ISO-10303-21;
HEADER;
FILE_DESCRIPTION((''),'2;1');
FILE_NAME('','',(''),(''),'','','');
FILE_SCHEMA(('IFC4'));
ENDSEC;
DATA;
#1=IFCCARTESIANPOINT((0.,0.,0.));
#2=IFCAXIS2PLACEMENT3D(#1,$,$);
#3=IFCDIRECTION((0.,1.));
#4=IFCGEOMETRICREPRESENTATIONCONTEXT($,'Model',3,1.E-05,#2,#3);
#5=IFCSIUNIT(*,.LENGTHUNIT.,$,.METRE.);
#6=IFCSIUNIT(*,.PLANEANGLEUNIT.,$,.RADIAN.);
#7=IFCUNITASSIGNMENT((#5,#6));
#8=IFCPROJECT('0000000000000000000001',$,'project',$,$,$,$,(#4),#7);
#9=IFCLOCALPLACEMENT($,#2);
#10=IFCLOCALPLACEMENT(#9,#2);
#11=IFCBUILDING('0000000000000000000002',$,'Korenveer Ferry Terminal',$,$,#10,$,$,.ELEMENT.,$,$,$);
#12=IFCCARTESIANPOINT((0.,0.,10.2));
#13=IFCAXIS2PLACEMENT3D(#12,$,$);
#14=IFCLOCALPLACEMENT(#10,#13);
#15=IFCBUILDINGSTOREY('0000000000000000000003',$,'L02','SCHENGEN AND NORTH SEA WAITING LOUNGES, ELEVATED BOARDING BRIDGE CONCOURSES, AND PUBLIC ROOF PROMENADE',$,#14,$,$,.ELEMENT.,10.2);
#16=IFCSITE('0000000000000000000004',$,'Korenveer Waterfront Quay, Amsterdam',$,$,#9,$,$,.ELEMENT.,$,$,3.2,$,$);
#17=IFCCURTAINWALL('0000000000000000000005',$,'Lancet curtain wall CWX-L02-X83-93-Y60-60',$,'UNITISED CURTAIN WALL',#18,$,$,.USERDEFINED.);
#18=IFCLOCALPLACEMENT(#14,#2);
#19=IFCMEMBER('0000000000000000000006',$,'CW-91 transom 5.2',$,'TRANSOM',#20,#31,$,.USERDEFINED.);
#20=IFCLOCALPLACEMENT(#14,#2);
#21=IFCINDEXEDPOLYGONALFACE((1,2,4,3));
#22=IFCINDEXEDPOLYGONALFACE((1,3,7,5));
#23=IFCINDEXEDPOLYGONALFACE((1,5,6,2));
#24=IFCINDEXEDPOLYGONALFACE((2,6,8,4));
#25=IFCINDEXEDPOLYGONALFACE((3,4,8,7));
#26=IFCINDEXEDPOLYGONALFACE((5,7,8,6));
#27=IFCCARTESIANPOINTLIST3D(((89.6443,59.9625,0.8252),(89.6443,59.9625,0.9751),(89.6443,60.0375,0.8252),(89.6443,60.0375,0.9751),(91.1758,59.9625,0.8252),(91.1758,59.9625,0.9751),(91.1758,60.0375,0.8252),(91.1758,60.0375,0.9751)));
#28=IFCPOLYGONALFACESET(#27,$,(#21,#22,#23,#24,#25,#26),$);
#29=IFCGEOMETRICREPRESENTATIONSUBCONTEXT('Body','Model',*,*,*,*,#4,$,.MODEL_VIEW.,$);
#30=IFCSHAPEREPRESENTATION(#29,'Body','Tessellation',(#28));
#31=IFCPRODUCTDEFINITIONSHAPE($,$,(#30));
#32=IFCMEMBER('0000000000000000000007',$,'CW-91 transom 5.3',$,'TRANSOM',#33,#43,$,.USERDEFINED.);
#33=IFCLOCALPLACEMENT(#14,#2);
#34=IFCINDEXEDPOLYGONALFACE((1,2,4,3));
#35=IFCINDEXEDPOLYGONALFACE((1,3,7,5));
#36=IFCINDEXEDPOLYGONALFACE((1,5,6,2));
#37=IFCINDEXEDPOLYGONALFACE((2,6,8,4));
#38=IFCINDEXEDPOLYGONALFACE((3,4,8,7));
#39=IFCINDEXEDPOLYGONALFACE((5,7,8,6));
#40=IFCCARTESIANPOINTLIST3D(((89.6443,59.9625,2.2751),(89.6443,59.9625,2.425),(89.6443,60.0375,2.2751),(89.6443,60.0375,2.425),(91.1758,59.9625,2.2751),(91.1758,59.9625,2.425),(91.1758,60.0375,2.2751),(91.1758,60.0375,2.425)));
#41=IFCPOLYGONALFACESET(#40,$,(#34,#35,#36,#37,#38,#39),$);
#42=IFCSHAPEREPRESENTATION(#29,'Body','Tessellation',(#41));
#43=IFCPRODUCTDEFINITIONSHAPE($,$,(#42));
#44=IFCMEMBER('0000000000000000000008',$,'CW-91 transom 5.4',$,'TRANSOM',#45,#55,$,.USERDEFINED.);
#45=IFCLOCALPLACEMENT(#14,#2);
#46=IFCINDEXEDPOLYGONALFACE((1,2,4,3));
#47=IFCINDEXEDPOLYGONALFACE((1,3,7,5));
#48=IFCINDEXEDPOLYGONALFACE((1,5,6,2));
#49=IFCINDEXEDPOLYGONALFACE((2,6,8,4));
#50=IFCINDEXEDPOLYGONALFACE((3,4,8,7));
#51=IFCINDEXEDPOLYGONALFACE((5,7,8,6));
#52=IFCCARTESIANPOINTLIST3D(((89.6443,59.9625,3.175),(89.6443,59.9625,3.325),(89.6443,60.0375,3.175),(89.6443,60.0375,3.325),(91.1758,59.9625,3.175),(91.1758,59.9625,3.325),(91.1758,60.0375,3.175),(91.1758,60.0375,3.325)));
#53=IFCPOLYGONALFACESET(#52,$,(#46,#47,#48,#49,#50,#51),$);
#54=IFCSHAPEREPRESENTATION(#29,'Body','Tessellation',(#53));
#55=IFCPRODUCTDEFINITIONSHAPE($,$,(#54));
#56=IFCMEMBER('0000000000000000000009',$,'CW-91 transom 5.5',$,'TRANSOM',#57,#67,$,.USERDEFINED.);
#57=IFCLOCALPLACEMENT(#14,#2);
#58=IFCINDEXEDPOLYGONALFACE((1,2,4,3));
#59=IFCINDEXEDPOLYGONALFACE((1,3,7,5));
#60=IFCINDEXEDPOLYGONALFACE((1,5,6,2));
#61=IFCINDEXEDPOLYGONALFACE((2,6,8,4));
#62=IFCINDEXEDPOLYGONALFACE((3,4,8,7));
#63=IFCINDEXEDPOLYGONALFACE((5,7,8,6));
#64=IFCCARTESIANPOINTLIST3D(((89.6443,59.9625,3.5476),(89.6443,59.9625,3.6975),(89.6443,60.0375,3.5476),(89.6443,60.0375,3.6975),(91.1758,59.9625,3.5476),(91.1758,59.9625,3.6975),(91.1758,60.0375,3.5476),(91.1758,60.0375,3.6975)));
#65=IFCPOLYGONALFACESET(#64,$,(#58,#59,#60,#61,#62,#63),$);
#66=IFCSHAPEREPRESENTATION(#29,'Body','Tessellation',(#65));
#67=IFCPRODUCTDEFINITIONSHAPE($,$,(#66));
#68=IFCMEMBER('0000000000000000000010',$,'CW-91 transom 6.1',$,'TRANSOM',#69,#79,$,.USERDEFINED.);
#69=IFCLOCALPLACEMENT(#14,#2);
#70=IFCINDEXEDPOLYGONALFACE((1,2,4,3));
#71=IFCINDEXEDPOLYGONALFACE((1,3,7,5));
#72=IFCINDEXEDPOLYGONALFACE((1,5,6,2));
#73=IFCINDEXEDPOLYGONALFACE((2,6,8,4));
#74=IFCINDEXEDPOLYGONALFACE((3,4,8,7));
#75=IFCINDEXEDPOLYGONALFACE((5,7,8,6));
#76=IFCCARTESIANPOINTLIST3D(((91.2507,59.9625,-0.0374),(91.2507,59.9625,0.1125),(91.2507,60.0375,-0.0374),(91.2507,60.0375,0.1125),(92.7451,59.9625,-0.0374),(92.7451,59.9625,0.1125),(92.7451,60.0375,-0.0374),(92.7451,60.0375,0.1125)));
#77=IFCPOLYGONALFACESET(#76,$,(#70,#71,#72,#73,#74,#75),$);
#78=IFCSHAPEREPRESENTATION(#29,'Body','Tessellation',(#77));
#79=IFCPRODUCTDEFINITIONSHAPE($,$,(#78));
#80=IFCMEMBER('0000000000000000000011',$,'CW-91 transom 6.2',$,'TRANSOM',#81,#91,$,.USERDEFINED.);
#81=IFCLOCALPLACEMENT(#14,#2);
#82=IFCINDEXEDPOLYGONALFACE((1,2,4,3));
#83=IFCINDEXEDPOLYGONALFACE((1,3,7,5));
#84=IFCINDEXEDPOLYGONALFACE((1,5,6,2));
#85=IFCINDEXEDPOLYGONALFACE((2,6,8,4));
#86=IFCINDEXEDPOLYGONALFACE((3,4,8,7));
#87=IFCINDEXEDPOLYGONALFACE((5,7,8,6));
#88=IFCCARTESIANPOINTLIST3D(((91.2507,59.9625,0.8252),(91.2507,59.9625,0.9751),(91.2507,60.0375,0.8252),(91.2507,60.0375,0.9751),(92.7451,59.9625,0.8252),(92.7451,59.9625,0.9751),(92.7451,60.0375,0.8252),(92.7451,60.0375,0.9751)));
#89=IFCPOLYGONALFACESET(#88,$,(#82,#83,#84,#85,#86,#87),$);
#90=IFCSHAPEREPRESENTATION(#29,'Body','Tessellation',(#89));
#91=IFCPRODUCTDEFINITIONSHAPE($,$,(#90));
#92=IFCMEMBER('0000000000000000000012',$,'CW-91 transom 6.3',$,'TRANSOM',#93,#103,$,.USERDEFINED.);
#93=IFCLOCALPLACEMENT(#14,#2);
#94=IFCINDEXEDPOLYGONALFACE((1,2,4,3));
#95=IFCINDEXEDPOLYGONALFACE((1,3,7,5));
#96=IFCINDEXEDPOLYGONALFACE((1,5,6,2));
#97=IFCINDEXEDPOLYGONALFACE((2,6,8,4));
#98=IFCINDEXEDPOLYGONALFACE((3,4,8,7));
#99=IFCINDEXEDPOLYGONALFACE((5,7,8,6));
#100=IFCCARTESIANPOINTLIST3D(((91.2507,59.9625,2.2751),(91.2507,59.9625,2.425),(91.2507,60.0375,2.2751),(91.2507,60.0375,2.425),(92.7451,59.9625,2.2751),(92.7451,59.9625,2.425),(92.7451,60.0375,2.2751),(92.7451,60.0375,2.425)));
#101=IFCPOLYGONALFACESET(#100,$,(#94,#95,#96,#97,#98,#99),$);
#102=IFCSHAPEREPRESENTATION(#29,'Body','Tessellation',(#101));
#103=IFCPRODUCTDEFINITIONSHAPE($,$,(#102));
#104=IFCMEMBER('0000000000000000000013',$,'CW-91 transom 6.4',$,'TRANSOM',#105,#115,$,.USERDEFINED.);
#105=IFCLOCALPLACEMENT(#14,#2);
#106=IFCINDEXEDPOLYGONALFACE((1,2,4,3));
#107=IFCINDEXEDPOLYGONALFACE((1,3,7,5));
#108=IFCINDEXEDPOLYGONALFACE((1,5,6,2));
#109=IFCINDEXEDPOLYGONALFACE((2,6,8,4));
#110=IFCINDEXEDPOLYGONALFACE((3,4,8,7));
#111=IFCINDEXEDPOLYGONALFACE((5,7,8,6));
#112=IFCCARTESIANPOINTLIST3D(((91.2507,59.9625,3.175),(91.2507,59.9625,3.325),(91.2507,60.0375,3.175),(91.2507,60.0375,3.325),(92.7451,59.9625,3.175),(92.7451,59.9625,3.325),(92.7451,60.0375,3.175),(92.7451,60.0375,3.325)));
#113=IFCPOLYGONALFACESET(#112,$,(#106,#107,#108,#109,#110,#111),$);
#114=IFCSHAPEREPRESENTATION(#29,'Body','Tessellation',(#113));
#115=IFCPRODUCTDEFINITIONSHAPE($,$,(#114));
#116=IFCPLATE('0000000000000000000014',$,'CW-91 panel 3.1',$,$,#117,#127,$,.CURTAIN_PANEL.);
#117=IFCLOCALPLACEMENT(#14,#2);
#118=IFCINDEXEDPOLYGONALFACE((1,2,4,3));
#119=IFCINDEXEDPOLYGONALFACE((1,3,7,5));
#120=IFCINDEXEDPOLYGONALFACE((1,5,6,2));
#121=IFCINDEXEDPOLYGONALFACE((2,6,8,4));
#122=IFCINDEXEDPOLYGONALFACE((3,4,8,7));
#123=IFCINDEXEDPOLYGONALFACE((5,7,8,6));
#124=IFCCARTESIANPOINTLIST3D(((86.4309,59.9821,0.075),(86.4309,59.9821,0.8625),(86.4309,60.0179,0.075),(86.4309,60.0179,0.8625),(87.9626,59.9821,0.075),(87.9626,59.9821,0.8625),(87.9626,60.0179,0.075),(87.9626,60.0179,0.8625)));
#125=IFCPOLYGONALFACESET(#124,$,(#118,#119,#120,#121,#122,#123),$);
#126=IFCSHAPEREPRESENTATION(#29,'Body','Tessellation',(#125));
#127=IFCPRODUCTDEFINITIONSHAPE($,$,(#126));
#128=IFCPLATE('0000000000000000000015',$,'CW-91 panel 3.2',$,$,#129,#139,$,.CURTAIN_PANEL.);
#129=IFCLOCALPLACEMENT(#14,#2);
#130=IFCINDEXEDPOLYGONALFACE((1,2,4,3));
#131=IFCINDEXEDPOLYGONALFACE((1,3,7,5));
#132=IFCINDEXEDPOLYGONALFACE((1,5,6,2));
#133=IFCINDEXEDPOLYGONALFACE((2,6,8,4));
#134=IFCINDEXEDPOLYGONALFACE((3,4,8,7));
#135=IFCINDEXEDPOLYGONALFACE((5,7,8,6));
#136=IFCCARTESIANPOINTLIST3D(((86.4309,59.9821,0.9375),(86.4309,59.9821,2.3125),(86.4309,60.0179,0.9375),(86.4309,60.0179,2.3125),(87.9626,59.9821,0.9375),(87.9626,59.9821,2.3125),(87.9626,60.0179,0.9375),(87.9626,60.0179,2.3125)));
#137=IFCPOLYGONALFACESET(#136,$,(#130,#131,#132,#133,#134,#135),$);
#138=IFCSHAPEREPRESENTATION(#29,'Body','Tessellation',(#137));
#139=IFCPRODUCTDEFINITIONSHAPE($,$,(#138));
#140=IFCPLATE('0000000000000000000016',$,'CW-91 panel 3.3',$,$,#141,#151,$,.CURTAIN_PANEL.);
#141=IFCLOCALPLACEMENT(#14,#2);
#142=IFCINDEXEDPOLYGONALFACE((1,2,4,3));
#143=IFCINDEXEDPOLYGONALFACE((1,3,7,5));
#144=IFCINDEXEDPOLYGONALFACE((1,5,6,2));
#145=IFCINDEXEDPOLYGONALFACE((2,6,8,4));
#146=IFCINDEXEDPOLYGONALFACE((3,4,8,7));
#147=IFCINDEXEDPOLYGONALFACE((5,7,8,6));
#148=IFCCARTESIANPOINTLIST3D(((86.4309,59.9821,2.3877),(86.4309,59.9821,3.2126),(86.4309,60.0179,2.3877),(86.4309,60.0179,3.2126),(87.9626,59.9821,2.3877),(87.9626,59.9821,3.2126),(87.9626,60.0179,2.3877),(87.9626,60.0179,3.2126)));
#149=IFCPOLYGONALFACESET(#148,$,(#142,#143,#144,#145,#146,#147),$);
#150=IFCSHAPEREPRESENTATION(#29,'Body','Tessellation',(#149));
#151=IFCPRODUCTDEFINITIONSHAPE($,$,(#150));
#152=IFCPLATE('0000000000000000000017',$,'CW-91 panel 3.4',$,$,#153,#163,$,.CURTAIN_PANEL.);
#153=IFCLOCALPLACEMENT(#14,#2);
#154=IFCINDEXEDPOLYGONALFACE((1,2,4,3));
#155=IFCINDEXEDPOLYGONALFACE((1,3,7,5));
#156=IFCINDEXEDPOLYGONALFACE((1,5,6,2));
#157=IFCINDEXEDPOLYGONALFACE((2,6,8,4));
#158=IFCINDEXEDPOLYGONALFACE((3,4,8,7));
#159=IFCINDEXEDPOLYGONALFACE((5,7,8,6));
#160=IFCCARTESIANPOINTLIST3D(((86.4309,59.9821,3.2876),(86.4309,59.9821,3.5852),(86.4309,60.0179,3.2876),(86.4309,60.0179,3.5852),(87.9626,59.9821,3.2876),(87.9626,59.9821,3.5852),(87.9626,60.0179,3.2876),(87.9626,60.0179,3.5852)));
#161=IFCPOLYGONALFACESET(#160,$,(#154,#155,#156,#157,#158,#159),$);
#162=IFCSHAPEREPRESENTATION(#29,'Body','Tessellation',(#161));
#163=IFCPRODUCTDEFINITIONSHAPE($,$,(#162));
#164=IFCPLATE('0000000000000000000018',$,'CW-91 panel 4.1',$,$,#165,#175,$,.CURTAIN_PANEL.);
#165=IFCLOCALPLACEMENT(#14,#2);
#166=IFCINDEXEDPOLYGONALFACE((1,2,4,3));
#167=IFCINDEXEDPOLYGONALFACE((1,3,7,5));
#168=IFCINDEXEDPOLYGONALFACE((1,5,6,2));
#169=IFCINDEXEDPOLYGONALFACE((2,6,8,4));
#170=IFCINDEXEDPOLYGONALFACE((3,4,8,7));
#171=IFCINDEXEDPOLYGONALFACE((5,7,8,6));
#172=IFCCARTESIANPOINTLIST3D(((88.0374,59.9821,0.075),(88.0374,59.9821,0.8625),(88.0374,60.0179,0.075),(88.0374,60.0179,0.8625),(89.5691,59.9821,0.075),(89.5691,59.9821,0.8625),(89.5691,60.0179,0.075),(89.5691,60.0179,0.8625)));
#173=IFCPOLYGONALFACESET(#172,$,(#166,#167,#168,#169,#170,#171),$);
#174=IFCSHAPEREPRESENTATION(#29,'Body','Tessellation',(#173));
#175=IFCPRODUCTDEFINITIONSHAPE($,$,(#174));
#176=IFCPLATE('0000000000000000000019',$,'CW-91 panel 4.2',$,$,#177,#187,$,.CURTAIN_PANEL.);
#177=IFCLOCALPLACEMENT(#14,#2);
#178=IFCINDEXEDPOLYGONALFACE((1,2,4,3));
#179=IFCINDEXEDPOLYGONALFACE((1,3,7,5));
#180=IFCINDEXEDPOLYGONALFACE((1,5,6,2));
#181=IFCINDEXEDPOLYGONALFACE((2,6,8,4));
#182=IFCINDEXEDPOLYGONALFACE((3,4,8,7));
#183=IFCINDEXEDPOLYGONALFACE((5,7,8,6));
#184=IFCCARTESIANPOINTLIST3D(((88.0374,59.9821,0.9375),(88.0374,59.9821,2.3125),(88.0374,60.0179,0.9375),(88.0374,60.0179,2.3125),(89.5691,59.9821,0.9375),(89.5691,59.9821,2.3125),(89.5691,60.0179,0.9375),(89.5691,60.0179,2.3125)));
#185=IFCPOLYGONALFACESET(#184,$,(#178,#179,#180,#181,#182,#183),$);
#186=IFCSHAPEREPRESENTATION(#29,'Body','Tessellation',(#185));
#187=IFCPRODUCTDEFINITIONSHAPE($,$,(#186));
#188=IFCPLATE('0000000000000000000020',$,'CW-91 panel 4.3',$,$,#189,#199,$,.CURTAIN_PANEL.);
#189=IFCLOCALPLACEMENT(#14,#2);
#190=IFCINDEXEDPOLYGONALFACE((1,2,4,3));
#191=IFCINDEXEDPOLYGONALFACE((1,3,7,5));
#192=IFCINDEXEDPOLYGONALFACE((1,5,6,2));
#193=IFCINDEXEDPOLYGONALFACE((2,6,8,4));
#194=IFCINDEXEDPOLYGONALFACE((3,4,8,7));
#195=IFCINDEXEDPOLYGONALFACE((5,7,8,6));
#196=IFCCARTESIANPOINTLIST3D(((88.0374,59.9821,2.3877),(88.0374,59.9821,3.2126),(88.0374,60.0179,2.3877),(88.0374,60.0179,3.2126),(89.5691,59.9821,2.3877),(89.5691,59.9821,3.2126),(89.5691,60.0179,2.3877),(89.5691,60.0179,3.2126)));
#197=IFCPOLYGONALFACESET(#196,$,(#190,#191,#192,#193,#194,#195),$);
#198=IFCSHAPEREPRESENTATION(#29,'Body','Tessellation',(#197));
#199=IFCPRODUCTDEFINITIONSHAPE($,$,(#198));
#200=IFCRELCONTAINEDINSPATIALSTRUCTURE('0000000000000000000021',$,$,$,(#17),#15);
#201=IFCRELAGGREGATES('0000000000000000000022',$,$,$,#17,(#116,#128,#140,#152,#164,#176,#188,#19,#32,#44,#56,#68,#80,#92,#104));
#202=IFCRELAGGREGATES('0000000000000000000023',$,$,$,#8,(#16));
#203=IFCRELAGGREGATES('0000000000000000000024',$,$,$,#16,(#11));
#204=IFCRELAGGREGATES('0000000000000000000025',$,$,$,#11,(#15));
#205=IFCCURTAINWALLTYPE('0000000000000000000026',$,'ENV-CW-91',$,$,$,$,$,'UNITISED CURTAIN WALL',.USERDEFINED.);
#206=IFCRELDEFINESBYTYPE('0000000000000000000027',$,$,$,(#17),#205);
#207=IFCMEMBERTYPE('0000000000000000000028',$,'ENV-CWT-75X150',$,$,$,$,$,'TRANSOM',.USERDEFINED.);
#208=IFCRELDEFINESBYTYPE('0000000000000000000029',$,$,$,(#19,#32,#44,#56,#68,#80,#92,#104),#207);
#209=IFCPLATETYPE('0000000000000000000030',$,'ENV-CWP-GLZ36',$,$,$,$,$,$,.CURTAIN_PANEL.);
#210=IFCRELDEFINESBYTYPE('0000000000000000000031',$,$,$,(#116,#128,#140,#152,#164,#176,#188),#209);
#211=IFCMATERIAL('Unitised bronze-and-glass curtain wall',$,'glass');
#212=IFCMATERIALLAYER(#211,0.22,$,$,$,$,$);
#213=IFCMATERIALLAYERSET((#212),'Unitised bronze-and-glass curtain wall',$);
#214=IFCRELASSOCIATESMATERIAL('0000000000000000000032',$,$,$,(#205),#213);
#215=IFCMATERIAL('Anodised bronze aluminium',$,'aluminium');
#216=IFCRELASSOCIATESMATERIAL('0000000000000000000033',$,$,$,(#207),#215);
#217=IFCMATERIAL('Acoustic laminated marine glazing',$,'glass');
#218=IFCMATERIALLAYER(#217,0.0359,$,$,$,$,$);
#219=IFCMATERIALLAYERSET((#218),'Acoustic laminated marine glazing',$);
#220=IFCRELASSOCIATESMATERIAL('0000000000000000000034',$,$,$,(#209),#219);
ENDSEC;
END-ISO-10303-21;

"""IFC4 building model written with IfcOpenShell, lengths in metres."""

from ifc_helpers import new_model, si_unit, direction, frame, origin, origin_2d, place, context, subcontext, project, spatial, rectangle, extrude, material, layer, layer_set, material_profile, profile_set, type_object, element, aggregate, save


model = new_model("IFC4")

# Units and contexts
model_context = context("Model", 3, precision=1e-05, world=origin(), true_north=direction((0.0, 1.0)))
body_context = subcontext(model_context, "Body", "Model", "MODEL_VIEW")
ifc_project = project(units=[si_unit("LENGTHUNIT", "METRE"), si_unit("PLANEANGLEUNIT", "RADIAN")], contexts=[model_context])

# Site, building, storey
site_placement = place(None, origin())
site = spatial("IfcSite", under=ifc_project, at=site_placement, Name="Korenveer Waterfront Quay, Amsterdam", CompositionType="ELEMENT", RefElevation=3.2)
building_placement = place(site_placement, origin())
building = spatial("IfcBuilding", under=site, at=building_placement, Name="Korenveer Ferry Terminal", CompositionType="ELEMENT")
storey_placement = place(building_placement, frame((0.0, 0.0, 10.2)))
storey = spatial("IfcBuildingStorey", under=building, at=storey_placement, Name="L02", Description="SCHENGEN AND NORTH SEA WAITING LOUNGES, ELEVATED BOARDING BRIDGE CONCOURSES, AND PUBLIC ROOF PROMENADE", CompositionType="ELEMENT", Elevation=10.2)

# Curtain wall, members, plates
ifc_material_1 = material(Name="Unitised bronze-and-glass curtain wall", Category="glass")
ifc_layer_1 = layer(ifc_material_1, 0.22)
ifc_layer_set_1 = layer_set([ifc_layer_1], Name="Unitised bronze-and-glass curtain wall")
curtain_wall_type = type_object("IfcCurtainWallType", Name="ENV-CW-91", ElementType="UNITISED CURTAIN WALL", PredefinedType="USERDEFINED", material=ifc_layer_set_1)
curtain_wall_placement = place(storey_placement, frame((83.1799, 60.0, 0.0)))
curtain_wall = element("IfcCurtainWall", 1, at=curtain_wall_placement, inside=storey, type_object=curtain_wall_type, Name="Lancet curtain wall CWX-L02-X83-93-Y60-60", ObjectType="UNITISED CURTAIN WALL", PredefinedType="USERDEFINED")
ifc_material_2 = material(Name="Anodised bronze aluminium", Category="aluminium")
ifc_material_profile_1 = material_profile(ifc_material_2, rectangle(XDim=0.075, YDim=0.1499, at=origin_2d()), Name="ALU 75x150")
ifc_profile_set_1 = profile_set([ifc_material_profile_1], Name="Anodised bronze aluminium")
member_type_1 = type_object("IfcMemberType", Name="ENV-CWT-75X150", ElementType="TRANSOM", PredefinedType="USERDEFINED", material=ifc_profile_set_1)
member_1_placement = place(storey_placement, frame((89.6443, 60.0, 0.9001), z_axis=(1.0, 0.0, 0.0), x_axis=(0.0, 1.0, 0.0)))
member_1 = element("IfcMember", 2, at=member_1_placement, type_object=member_type_1, Name="CW-91 transom 5.2", ObjectType="TRANSOM", PredefinedType="USERDEFINED", context=body_context, shape_type="SweptSolid", body=[
    extrude(rectangle(XDim=0.075, YDim=0.1499, at=origin_2d()), origin(), (0.0, 0.0, 1.0), 1.5315),
])
member_2_placement = place(storey_placement, frame((89.6443, 60.0, 2.3501), z_axis=(1.0, 0.0, 0.0), x_axis=(0.0, 1.0, 0.0)))
member_2 = element("IfcMember", 3, at=member_2_placement, type_object=member_type_1, Name="CW-91 transom 5.3", ObjectType="TRANSOM", PredefinedType="USERDEFINED", context=body_context, shape_type="SweptSolid", body=[
    extrude(rectangle(XDim=0.075, YDim=0.1499, at=origin_2d()), origin(), (0.0, 0.0, 1.0), 1.5315),
])
member_3_placement = place(storey_placement, frame((89.6443, 60.0, 3.25), z_axis=(1.0, 0.0, 0.0), x_axis=(0.0, 1.0, 0.0)))
member_3 = element("IfcMember", 4, at=member_3_placement, type_object=member_type_1, Name="CW-91 transom 5.4", ObjectType="TRANSOM", PredefinedType="USERDEFINED", context=body_context, shape_type="SweptSolid", body=[
    extrude(rectangle(XDim=0.075, YDim=0.1499, at=origin_2d()), origin(), (0.0, 0.0, 1.0), 1.5315),
])
member_4_placement = place(storey_placement, frame((89.6443, 60.0, 3.6226), z_axis=(1.0, 0.0, 0.0), x_axis=(0.0, 1.0, 0.0)))
member_4 = element("IfcMember", 5, at=member_4_placement, type_object=member_type_1, Name="CW-91 transom 5.5", ObjectType="TRANSOM", PredefinedType="USERDEFINED", context=body_context, shape_type="SweptSolid", body=[
    extrude(rectangle(XDim=0.075, YDim=0.1499, at=origin_2d()), origin(), (0.0, 0.0, 1.0), 1.5315),
])
member_5_placement = place(storey_placement, frame((91.2507, 60.0, 0.0376), z_axis=(1.0, 0.0, 0.0), x_axis=(0.0, 1.0, 0.0)))
member_5 = element("IfcMember", 6, at=member_5_placement, type_object=member_type_1, Name="CW-91 transom 6.1", ObjectType="TRANSOM", PredefinedType="USERDEFINED", context=body_context, shape_type="SweptSolid", body=[
    extrude(rectangle(XDim=0.075, YDim=0.1499, at=origin_2d()), origin(), (0.0, 0.0, 1.0), 1.4944),
])
member_6_placement = place(storey_placement, frame((91.2507, 60.0, 0.9001), z_axis=(1.0, 0.0, 0.0), x_axis=(0.0, 1.0, 0.0)))
member_6 = element("IfcMember", 7, at=member_6_placement, type_object=member_type_1, Name="CW-91 transom 6.2", ObjectType="TRANSOM", PredefinedType="USERDEFINED", context=body_context, shape_type="SweptSolid", body=[
    extrude(rectangle(XDim=0.075, YDim=0.1499, at=origin_2d()), origin(), (0.0, 0.0, 1.0), 1.4944),
])
member_7_placement = place(storey_placement, frame((91.2507, 60.0, 2.3501), z_axis=(1.0, 0.0, 0.0), x_axis=(0.0, 1.0, 0.0)))
member_7 = element("IfcMember", 8, at=member_7_placement, type_object=member_type_1, Name="CW-91 transom 6.3", ObjectType="TRANSOM", PredefinedType="USERDEFINED", context=body_context, shape_type="SweptSolid", body=[
    extrude(rectangle(XDim=0.075, YDim=0.1499, at=origin_2d()), origin(), (0.0, 0.0, 1.0), 1.4944),
])
member_8_placement = place(storey_placement, frame((91.2507, 60.0, 3.25), z_axis=(1.0, 0.0, 0.0), x_axis=(0.0, 1.0, 0.0)))
member_8 = element("IfcMember", 9, at=member_8_placement, type_object=member_type_1, Name="CW-91 transom 6.4", ObjectType="TRANSOM", PredefinedType="USERDEFINED", context=body_context, shape_type="SweptSolid", body=[
    extrude(rectangle(XDim=0.075, YDim=0.1499, at=origin_2d()), origin(), (0.0, 0.0, 1.0), 1.4944),
])
ifc_material_3 = material(Name="Acoustic laminated marine glazing", Category="glass")
ifc_layer_2 = layer(ifc_material_3, 0.0359)
ifc_layer_set_2 = layer_set([ifc_layer_2], Name="Acoustic laminated marine glazing")
plate_type = type_object("IfcPlateType", Name="ENV-CWP-GLZ36", PredefinedType="CURTAIN_PANEL", material=ifc_layer_set_2)
plate_1_placement = place(storey_placement, frame((87.1968, 60.0, 0.075), z_axis=(0.0, 0.0, 1.0), x_axis=(1.0, 0.0, 0.0)))
plate_1 = element("IfcPlate", 10, at=plate_1_placement, type_object=plate_type, Name="CW-91 panel 3.1", PredefinedType="CURTAIN_PANEL", context=body_context, shape_type="SweptSolid", body=[
    extrude(rectangle(XDim=1.5317, YDim=0.0359, at=origin_2d()), origin(), (0.0, 0.0, 1.0), 0.7876),
])
plate_2_placement = place(storey_placement, frame((87.1968, 60.0, 0.9375), z_axis=(0.0, 0.0, 1.0), x_axis=(1.0, 0.0, 0.0)))
plate_2 = element("IfcPlate", 11, at=plate_2_placement, type_object=plate_type, Name="CW-91 panel 3.2", PredefinedType="CURTAIN_PANEL", context=body_context, shape_type="SweptSolid", body=[
    extrude(rectangle(XDim=1.5317, YDim=0.0359, at=origin_2d()), origin(), (0.0, 0.0, 1.0), 1.375),
])
plate_3_placement = place(storey_placement, frame((87.1968, 60.0, 2.3877), z_axis=(0.0, 0.0, 1.0), x_axis=(1.0, 0.0, 0.0)))
plate_3 = element("IfcPlate", 12, at=plate_3_placement, type_object=plate_type, Name="CW-91 panel 3.3", PredefinedType="CURTAIN_PANEL", context=body_context, shape_type="SweptSolid", body=[
    extrude(rectangle(XDim=1.5317, YDim=0.0359, at=origin_2d()), origin(), (0.0, 0.0, 1.0), 0.825),
])
plate_4_placement = place(storey_placement, frame((87.1968, 60.0, 3.2876), z_axis=(0.0, 0.0, 1.0), x_axis=(1.0, 0.0, 0.0)))
plate_4 = element("IfcPlate", 13, at=plate_4_placement, type_object=plate_type, Name="CW-91 panel 3.4", PredefinedType="CURTAIN_PANEL", context=body_context, shape_type="SweptSolid", body=[
    extrude(rectangle(XDim=1.5317, YDim=0.0359, at=origin_2d()), origin(), (0.0, 0.0, 1.0), 0.2976),
])
plate_5_placement = place(storey_placement, frame((88.8032, 60.0, 0.075), z_axis=(0.0, 0.0, 1.0), x_axis=(1.0, 0.0, 0.0)))
plate_5 = element("IfcPlate", 14, at=plate_5_placement, type_object=plate_type, Name="CW-91 panel 4.1", PredefinedType="CURTAIN_PANEL", context=body_context, shape_type="SweptSolid", body=[
    extrude(rectangle(XDim=1.5317, YDim=0.0359, at=origin_2d()), origin(), (0.0, 0.0, 1.0), 0.7876),
])
plate_6_placement = place(storey_placement, frame((88.8032, 60.0, 0.9375), z_axis=(0.0, 0.0, 1.0), x_axis=(1.0, 0.0, 0.0)))
plate_6 = element("IfcPlate", 15, at=plate_6_placement, type_object=plate_type, Name="CW-91 panel 4.2", PredefinedType="CURTAIN_PANEL", context=body_context, shape_type="SweptSolid", body=[
    extrude(rectangle(XDim=1.5317, YDim=0.0359, at=origin_2d()), origin(), (0.0, 0.0, 1.0), 1.375),
])
plate_7_placement = place(storey_placement, frame((88.8032, 60.0, 2.3877), z_axis=(0.0, 0.0, 1.0), x_axis=(1.0, 0.0, 0.0)))
plate_7 = element("IfcPlate", 16, at=plate_7_placement, type_object=plate_type, Name="CW-91 panel 4.3", PredefinedType="CURTAIN_PANEL", context=body_context, shape_type="SweptSolid", body=[
    extrude(rectangle(XDim=1.5317, YDim=0.0359, at=origin_2d()), origin(), (0.0, 0.0, 1.0), 0.825),
])
aggregate(curtain_wall, [plate_1, plate_2, plate_3, plate_4, plate_5, plate_6, plate_7, member_1, member_2, member_3, member_4, member_5, member_6, member_7, member_8])

save(model, "model.ifc")
